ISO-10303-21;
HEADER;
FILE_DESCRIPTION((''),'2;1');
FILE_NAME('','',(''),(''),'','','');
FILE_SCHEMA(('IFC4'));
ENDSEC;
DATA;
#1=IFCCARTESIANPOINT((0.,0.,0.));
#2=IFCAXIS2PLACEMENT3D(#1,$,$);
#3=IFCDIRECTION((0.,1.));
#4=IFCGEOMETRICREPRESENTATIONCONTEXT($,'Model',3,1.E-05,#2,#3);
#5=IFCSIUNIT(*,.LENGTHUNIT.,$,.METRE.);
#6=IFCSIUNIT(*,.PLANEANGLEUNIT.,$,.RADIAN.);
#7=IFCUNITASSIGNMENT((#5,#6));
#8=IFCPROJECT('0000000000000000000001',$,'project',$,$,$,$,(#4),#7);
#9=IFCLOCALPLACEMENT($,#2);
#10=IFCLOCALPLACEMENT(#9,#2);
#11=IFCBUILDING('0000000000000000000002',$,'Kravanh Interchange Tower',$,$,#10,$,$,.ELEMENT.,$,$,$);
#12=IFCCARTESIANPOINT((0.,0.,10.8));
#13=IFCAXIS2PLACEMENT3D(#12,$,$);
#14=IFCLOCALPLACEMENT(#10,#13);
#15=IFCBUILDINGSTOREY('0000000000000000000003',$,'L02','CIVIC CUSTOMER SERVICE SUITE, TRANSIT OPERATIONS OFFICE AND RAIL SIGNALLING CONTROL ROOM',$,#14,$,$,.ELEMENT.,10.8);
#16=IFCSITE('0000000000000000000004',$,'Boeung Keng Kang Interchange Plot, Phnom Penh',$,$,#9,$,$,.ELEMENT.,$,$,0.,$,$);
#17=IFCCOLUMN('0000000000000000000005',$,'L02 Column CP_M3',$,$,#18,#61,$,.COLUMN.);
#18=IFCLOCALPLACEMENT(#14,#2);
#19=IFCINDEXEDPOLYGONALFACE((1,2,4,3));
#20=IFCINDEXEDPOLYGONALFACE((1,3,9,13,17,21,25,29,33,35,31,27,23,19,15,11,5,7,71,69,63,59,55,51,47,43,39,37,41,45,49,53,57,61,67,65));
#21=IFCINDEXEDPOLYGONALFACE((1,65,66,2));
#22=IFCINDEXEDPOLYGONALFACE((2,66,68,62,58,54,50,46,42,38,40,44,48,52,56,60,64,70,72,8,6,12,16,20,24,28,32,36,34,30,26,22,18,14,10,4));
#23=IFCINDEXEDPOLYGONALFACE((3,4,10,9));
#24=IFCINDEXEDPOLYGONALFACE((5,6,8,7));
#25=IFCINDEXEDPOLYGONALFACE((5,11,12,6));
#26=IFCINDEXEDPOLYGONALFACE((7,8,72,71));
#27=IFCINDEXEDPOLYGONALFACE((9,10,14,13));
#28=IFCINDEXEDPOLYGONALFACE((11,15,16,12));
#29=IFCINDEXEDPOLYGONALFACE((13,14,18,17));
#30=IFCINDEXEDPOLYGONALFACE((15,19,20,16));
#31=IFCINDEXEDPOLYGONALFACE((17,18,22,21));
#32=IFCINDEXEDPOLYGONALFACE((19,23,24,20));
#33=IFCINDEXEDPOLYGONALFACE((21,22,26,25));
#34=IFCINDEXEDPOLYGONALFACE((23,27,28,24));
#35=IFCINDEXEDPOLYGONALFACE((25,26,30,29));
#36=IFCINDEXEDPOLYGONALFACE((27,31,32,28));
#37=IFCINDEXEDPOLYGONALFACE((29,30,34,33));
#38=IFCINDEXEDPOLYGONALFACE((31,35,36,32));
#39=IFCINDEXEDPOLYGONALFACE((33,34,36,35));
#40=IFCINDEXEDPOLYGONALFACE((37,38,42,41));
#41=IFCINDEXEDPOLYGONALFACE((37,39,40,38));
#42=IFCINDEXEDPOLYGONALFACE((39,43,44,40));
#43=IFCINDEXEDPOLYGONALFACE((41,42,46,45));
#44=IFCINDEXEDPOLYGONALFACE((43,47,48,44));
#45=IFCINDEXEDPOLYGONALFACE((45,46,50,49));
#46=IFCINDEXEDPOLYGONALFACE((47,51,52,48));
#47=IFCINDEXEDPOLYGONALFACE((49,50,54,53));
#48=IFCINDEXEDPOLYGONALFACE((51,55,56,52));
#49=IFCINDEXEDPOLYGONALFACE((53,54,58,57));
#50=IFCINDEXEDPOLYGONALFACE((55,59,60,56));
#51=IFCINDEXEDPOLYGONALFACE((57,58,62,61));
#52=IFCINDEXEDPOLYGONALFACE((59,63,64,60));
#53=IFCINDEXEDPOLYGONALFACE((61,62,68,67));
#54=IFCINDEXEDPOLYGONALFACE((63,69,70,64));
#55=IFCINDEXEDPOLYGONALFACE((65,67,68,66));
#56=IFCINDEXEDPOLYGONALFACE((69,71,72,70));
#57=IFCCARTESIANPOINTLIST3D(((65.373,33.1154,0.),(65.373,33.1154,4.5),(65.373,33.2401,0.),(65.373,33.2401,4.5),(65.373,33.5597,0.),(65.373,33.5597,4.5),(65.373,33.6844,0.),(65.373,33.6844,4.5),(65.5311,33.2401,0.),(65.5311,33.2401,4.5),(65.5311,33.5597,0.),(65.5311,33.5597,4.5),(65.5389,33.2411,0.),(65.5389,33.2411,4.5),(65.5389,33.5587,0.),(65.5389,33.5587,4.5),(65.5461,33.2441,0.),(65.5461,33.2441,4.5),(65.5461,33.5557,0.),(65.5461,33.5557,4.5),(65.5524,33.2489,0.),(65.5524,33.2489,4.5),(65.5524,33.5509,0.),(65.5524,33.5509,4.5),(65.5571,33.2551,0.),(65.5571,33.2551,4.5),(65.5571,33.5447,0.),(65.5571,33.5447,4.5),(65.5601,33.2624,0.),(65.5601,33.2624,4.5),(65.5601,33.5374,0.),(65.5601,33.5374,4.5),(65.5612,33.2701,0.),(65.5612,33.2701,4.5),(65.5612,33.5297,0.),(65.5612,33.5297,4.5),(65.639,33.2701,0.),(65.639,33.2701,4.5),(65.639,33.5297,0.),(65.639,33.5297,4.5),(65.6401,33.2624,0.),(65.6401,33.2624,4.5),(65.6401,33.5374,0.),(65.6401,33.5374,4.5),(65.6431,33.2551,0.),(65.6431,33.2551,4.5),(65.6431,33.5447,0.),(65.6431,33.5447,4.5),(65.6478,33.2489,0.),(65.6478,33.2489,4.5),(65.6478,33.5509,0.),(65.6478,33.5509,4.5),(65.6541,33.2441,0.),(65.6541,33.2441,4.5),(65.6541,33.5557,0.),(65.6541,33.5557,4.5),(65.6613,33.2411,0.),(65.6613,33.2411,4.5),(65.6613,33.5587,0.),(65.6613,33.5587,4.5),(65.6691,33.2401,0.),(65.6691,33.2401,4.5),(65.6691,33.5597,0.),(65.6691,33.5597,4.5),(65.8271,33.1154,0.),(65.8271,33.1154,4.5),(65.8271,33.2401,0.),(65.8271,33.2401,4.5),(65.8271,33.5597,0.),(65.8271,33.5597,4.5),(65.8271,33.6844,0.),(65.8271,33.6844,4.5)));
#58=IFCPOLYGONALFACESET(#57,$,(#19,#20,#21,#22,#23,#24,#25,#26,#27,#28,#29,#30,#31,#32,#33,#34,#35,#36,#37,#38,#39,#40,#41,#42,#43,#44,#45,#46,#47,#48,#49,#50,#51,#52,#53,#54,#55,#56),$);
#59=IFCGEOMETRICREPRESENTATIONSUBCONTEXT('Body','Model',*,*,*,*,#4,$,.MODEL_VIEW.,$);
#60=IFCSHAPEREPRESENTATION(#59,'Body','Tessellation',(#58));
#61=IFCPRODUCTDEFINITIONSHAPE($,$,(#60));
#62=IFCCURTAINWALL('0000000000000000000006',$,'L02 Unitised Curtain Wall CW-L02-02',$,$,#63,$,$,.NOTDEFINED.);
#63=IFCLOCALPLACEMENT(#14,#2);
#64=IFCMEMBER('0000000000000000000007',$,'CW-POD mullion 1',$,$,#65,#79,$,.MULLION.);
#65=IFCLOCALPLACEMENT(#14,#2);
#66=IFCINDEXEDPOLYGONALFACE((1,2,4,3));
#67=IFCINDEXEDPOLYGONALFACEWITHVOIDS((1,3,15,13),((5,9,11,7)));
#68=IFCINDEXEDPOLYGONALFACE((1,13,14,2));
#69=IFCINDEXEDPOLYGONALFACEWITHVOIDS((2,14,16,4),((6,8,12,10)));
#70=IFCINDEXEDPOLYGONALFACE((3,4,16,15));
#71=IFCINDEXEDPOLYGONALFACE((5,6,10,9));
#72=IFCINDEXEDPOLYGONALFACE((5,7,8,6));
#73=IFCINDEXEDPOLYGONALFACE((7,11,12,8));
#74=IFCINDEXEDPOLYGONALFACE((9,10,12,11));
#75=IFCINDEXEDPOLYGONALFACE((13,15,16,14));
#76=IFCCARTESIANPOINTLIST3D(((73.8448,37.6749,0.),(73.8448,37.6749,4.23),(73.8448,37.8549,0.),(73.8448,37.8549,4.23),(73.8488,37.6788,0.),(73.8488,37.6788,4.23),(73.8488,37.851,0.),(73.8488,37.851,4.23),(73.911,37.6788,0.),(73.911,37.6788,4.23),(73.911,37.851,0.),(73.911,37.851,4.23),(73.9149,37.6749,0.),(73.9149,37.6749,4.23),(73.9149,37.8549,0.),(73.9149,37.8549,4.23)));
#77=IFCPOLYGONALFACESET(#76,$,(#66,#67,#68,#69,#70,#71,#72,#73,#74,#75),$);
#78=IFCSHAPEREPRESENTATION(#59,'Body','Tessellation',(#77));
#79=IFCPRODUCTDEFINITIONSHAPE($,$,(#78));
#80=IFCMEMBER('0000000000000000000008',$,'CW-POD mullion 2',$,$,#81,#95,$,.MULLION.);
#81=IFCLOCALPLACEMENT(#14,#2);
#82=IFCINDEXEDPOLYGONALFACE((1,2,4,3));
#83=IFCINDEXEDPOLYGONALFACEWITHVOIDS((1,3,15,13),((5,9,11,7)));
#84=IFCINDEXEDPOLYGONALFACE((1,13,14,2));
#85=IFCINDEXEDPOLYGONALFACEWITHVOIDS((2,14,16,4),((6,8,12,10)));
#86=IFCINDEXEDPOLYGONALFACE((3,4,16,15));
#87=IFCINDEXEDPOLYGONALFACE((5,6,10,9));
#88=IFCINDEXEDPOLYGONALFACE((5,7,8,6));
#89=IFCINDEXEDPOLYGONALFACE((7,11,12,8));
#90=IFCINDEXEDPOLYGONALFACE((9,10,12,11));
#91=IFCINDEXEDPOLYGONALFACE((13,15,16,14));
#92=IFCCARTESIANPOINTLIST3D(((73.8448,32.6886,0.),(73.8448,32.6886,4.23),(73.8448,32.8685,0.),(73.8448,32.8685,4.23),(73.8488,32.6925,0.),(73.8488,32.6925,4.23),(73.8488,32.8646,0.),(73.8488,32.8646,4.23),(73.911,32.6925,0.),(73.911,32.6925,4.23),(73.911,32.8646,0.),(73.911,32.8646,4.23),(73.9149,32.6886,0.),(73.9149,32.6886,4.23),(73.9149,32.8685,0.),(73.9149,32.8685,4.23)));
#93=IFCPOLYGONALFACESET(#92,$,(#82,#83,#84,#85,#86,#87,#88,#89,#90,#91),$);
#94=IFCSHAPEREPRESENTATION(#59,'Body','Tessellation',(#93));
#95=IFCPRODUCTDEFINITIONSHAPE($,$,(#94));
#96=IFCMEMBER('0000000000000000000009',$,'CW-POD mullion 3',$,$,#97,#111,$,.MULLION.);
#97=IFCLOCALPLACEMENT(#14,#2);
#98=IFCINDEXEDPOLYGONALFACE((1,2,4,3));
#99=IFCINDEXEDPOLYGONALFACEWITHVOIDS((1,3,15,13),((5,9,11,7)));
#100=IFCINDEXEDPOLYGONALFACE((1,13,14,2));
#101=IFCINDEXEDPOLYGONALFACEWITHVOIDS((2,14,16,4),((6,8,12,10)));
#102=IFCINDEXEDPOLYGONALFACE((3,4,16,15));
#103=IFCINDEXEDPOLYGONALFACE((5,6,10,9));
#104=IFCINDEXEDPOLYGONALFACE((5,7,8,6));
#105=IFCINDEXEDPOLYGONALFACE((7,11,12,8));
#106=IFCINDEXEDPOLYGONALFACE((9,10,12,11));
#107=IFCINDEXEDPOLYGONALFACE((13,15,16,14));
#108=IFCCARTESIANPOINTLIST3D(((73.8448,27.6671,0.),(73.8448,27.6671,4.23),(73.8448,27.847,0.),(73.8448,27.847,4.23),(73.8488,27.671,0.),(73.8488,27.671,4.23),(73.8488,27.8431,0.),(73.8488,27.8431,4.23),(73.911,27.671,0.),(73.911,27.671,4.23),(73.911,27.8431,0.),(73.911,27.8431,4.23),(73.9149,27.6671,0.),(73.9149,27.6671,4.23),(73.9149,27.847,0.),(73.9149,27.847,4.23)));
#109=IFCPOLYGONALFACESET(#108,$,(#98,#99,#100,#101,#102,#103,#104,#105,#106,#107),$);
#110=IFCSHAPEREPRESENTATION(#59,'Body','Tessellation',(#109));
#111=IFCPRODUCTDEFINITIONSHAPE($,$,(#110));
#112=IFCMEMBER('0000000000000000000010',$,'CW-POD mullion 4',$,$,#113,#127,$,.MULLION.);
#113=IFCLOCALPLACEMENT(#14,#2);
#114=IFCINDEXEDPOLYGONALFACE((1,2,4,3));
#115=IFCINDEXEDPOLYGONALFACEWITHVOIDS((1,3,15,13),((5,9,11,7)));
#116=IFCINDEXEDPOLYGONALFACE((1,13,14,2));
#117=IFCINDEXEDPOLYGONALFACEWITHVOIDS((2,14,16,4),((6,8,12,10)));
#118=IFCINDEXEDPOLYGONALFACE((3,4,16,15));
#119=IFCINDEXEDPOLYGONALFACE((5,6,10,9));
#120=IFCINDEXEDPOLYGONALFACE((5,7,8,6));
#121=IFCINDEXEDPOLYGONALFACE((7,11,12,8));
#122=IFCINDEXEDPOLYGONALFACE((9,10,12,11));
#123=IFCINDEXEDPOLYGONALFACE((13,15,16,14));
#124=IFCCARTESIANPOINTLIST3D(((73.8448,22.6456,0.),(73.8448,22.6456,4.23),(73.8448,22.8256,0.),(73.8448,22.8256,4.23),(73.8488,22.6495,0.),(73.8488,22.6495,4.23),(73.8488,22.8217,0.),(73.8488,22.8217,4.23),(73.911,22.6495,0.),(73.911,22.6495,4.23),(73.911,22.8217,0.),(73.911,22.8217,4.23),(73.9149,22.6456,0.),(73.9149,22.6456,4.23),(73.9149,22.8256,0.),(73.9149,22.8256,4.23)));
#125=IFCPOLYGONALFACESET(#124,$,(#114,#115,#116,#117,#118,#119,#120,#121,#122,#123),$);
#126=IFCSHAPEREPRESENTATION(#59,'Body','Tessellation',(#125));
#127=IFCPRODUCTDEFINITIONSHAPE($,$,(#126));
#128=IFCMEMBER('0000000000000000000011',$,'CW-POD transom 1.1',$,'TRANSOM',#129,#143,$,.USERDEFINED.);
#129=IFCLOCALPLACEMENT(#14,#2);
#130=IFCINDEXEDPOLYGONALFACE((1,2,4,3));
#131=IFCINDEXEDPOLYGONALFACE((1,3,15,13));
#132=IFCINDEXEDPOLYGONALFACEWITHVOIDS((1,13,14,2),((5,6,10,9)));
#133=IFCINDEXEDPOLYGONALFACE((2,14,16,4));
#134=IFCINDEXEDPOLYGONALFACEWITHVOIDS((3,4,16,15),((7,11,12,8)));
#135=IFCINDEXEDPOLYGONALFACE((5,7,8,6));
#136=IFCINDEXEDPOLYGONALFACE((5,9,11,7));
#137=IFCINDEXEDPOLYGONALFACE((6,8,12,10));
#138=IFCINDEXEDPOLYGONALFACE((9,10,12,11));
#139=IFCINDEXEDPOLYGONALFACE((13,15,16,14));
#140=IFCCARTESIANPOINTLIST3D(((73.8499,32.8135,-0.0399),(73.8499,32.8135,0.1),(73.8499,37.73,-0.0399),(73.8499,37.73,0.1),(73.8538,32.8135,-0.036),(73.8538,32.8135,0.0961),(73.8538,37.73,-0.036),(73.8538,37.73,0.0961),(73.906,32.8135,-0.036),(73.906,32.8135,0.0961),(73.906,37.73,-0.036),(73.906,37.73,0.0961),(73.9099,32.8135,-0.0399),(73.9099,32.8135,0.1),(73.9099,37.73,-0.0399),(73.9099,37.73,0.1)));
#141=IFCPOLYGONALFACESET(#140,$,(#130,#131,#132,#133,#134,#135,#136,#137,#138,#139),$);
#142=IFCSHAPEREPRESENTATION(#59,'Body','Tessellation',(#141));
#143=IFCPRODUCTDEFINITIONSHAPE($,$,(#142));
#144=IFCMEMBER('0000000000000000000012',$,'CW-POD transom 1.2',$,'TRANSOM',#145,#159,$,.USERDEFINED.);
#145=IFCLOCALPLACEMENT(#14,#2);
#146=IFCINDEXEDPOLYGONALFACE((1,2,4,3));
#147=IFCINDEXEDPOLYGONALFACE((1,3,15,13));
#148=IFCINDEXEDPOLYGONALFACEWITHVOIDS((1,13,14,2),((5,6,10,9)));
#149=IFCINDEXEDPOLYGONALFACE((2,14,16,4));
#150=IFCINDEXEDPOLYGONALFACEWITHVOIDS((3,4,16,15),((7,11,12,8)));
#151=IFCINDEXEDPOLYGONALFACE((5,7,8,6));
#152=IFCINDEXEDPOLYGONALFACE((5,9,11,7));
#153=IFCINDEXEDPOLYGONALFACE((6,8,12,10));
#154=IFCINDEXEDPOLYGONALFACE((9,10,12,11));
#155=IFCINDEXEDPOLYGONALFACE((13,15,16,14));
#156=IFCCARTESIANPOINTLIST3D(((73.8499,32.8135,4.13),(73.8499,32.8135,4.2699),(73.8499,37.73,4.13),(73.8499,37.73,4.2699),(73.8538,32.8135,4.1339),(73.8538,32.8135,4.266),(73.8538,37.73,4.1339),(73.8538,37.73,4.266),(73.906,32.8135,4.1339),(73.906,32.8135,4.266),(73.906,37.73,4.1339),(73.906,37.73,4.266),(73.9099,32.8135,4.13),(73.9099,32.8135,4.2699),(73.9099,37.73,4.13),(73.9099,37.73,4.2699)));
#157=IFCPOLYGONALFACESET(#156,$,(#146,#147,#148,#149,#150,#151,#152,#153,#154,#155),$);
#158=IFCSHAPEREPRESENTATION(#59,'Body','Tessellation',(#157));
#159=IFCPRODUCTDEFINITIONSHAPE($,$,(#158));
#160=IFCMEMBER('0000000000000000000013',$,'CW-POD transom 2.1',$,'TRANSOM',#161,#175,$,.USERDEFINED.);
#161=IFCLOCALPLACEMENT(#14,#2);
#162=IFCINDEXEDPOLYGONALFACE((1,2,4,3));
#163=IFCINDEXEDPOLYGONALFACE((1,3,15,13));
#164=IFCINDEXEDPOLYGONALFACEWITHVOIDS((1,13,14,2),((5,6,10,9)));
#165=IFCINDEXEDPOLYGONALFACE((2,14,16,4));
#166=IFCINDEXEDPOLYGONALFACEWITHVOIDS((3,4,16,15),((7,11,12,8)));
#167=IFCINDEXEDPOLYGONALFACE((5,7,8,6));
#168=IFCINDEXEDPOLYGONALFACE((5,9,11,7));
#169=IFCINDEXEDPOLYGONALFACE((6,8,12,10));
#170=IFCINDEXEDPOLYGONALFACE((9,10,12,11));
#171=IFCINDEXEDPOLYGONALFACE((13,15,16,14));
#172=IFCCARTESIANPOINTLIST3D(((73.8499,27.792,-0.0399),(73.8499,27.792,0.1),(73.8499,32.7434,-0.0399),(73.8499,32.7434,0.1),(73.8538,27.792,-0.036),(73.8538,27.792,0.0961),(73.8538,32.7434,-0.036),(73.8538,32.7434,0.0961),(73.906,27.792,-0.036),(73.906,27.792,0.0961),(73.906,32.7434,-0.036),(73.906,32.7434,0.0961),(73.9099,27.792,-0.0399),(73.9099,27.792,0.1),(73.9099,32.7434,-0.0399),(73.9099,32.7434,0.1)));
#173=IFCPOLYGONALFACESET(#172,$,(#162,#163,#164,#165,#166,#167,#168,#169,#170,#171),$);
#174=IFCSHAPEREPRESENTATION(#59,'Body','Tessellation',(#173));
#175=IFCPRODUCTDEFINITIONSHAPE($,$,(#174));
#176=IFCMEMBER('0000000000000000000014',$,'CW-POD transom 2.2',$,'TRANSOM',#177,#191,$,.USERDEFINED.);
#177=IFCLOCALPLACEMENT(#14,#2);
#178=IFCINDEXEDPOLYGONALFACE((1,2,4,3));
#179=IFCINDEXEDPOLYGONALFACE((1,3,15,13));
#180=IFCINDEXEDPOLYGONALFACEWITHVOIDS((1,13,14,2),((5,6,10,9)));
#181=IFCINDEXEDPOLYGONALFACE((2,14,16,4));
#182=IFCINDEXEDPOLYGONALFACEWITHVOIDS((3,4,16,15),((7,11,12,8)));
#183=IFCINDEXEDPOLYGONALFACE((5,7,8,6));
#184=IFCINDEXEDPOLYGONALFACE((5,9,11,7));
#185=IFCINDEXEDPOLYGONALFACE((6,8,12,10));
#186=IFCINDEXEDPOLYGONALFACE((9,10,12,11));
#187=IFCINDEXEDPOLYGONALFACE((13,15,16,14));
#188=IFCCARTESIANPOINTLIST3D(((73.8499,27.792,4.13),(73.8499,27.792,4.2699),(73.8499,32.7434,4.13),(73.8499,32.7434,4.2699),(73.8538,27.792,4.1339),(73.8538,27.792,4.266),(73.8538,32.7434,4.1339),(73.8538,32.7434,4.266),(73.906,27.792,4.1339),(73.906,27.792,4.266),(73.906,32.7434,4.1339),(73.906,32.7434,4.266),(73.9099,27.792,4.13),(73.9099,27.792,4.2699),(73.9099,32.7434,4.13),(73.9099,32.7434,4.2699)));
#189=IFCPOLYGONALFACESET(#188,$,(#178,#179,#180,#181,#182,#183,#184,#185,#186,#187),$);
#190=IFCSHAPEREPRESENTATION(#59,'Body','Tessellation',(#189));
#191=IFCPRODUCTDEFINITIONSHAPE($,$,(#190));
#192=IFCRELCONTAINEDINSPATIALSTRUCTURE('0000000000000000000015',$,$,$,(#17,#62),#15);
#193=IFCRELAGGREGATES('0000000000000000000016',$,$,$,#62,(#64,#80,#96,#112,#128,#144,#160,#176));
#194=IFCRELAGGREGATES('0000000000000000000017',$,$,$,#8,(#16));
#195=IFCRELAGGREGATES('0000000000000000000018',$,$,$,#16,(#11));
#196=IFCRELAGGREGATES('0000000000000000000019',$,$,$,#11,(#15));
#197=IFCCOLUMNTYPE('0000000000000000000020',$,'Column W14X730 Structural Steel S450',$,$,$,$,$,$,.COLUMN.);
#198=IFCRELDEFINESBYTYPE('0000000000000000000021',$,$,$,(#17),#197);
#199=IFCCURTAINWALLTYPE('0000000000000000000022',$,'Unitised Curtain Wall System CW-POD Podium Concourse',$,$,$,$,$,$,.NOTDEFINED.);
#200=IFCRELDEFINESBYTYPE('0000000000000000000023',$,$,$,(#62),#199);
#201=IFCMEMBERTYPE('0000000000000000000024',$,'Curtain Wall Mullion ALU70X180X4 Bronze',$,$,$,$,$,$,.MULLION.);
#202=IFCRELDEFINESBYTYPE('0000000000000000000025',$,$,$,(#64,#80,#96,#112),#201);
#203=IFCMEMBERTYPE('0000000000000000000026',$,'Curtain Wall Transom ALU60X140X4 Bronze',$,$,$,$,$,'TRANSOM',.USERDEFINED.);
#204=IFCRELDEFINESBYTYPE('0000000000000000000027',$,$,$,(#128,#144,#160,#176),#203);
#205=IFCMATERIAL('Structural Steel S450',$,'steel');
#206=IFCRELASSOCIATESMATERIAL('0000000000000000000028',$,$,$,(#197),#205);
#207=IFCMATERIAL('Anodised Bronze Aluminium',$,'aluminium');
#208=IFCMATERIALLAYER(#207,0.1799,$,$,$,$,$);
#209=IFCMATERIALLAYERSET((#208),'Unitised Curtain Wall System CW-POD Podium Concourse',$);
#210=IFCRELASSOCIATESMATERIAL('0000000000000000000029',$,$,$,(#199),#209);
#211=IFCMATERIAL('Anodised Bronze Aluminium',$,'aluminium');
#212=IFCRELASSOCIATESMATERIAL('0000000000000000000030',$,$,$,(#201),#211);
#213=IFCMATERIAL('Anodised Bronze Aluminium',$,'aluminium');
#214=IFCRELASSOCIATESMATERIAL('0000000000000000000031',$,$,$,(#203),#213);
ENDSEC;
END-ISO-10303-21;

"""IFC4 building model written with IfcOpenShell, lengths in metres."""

from ifc_helpers import new_model, si_unit, direction, frame, origin, origin_2d, place, context, subcontext, project, spatial, hollow_rectangle, i_section, extrude, material, layer, layer_set, material_profile, profile_set, type_object, element, aggregate, save


model = new_model("IFC4")

# Units and contexts
model_context = context("Model", 3, precision=1e-05, world=origin(), true_north=direction((0.0, 1.0)))
body_context = subcontext(model_context, "Body", "Model", "MODEL_VIEW")
ifc_project = project(units=[si_unit("LENGTHUNIT", "METRE"), si_unit("PLANEANGLEUNIT", "RADIAN")], contexts=[model_context])

# Site, building, storey
site_placement = place(None, origin())
site = spatial("IfcSite", under=ifc_project, at=site_placement, Name="Boeung Keng Kang Interchange Plot, Phnom Penh", CompositionType="ELEMENT", RefElevation=0.0)
building_placement = place(site_placement, origin())
building = spatial("IfcBuilding", under=site, at=building_placement, Name="Kravanh Interchange Tower", CompositionType="ELEMENT")
storey_placement = place(building_placement, frame((0.0, 0.0, 10.8)))
storey = spatial("IfcBuildingStorey", under=building, at=storey_placement, Name="L02", Description="CIVIC CUSTOMER SERVICE SUITE, TRANSIT OPERATIONS OFFICE AND RAIL SIGNALLING CONTROL ROOM", CompositionType="ELEMENT", Elevation=10.8)

# Column
ifc_material_1 = material(Name="Structural Steel S450", Category="steel")
ifc_material_profile_1 = material_profile(ifc_material_1, i_section(OverallWidth=0.4541, OverallDepth=0.5691, WebThickness=0.0779, FlangeThickness=0.1248, FilletRadius=0.03, at=origin_2d()), Name="W14X730")
ifc_profile_set_1 = profile_set([ifc_material_profile_1], Name="Structural Steel S450")
column_type_1 = type_object("IfcColumnType", Name="Column W14X730 Structural Steel S450", PredefinedType="COLUMN", material=ifc_profile_set_1)
for number, where, z_axis, x_axis, name in (
    (1, (65.6001, 33.3999, 0.0), (0.0, 0.0, 1.0), (1.0, 0.0, 0.0), "L02 Column CP_M3"),
):
    element("IfcColumn", number, at=place(storey_placement, frame(where, z_axis=z_axis, x_axis=x_axis)), inside=storey, type_object=column_type_1, Name=name, PredefinedType="COLUMN", context=body_context, shape_type="SweptSolid", body=[
        extrude(i_section(OverallWidth=0.4541, OverallDepth=0.5691, WebThickness=0.0779, FlangeThickness=0.1248, FilletRadius=0.03, at=origin_2d()), origin(), (0.0, 0.0, 1.0), 4.5),
    ])

# Curtain wall, members
ifc_material_2 = material(Name="Anodised Bronze Aluminium", Category="aluminium")
ifc_layer_1 = layer(ifc_material_2, 0.1799)
ifc_layer_set_1 = layer_set([ifc_layer_1], Name="Unitised Curtain Wall System CW-POD Podium Concourse")
curtain_wall_type = type_object("IfcCurtainWallType", Name="Unitised Curtain Wall System CW-POD Podium Concourse", PredefinedType="NOTDEFINED", material=ifc_layer_set_1)
curtain_wall_placement = place(storey_placement, origin())
curtain_wall = element("IfcCurtainWall", 2, at=curtain_wall_placement, inside=storey, type_object=curtain_wall_type, Name="L02 Unitised Curtain Wall CW-L02-02", PredefinedType="NOTDEFINED")
ifc_material_3 = material(Name="Anodised Bronze Aluminium", Category="aluminium")
ifc_material_profile_2 = material_profile(ifc_material_3, hollow_rectangle(XDim=0.0701, YDim=0.1799, WallThickness=0.0039, at=origin_2d()), Name="ALU70X180X4")
ifc_profile_set_2 = profile_set([ifc_material_profile_2], Name="Anodised Bronze Aluminium")
member_type_1 = type_object("IfcMemberType", Name="Curtain Wall Mullion ALU70X180X4 Bronze", PredefinedType="MULLION", material=ifc_profile_set_2)
member_1_placement = place(storey_placement, frame((73.8799, 37.7649, 0.0), z_axis=(0.0, 0.0, 1.0), x_axis=(1.0, 0.0, 0.0)))
member_1 = element("IfcMember", 3, at=member_1_placement, type_object=member_type_1, Name="CW-POD mullion 1", PredefinedType="MULLION", context=body_context, shape_type="SweptSolid", body=[
    extrude(hollow_rectangle(XDim=0.0701, YDim=0.1799, WallThickness=0.0039, at=origin_2d()), origin(), (0.0, 0.0, 1.0), 4.23),
])
member_2_placement = place(storey_placement, frame((73.8799, 32.7786, 0.0), z_axis=(0.0, 0.0, 1.0), x_axis=(1.0, 0.0, 0.0)))
member_2 = element("IfcMember", 4, at=member_2_placement, type_object=member_type_1, Name="CW-POD mullion 2", PredefinedType="MULLION", context=body_context, shape_type="SweptSolid", body=[
    extrude(hollow_rectangle(XDim=0.0701, YDim=0.1799, WallThickness=0.0039, at=origin_2d()), origin(), (0.0, 0.0, 1.0), 4.23),
])
member_3_placement = place(storey_placement, frame((73.8799, 27.7571, 0.0), z_axis=(0.0, 0.0, 1.0), x_axis=(1.0, 0.0, 0.0)))
member_3 = element("IfcMember", 5, at=member_3_placement, type_object=member_type_1, Name="CW-POD mullion 3", PredefinedType="MULLION", context=body_context, shape_type="SweptSolid", body=[
    extrude(hollow_rectangle(XDim=0.0701, YDim=0.1799, WallThickness=0.0039, at=origin_2d()), origin(), (0.0, 0.0, 1.0), 4.23),
])
member_4_placement = place(storey_placement, frame((73.8799, 22.7356, 0.0), z_axis=(0.0, 0.0, 1.0), x_axis=(1.0, 0.0, 0.0)))
member_4 = element("IfcMember", 6, at=member_4_placement, type_object=member_type_1, Name="CW-POD mullion 4", PredefinedType="MULLION", context=body_context, shape_type="SweptSolid", body=[
    extrude(hollow_rectangle(XDim=0.0701, YDim=0.1799, WallThickness=0.0039, at=origin_2d()), origin(), (0.0, 0.0, 1.0), 4.23),
])
ifc_material_4 = material(Name="Anodised Bronze Aluminium", Category="aluminium")
ifc_material_profile_3 = material_profile(ifc_material_4, hollow_rectangle(XDim=0.0601, YDim=0.1399, WallThickness=0.0039, at=origin_2d()), Name="ALU60X140X4")
ifc_profile_set_3 = profile_set([ifc_material_profile_3], Name="Anodised Bronze Aluminium")
member_type_2 = type_object("IfcMemberType", Name="Curtain Wall Transom ALU60X140X4 Bronze", ElementType="TRANSOM", PredefinedType="USERDEFINED", material=ifc_profile_set_3)
member_5_placement = place(storey_placement, frame((73.8799, 37.73, 0.03), z_axis=(0.0, -1.0, 0.0), x_axis=(1.0, 0.0, 0.0)))
member_5 = element("IfcMember", 7, at=member_5_placement, type_object=member_type_2, Name="CW-POD transom 1.1", ObjectType="TRANSOM", PredefinedType="USERDEFINED", context=body_context, shape_type="SweptSolid", body=[
    extrude(hollow_rectangle(XDim=0.0601, YDim=0.1399, WallThickness=0.0039, at=origin_2d()), origin(), (0.0, 0.0, 1.0), 4.9165),
])
member_6_placement = place(storey_placement, frame((73.8799, 37.73, 4.2), z_axis=(0.0, -1.0, 0.0), x_axis=(1.0, 0.0, 0.0)))
member_6 = element("IfcMember", 8, at=member_6_placement, type_object=member_type_2, Name="CW-POD transom 1.2", ObjectType="TRANSOM", PredefinedType="USERDEFINED", context=body_context, shape_type="SweptSolid", body=[
    extrude(hollow_rectangle(XDim=0.0601, YDim=0.1399, WallThickness=0.0039, at=origin_2d()), origin(), (0.0, 0.0, 1.0), 4.9165),
])
member_7_placement = place(storey_placement, frame((73.8799, 32.7434, 0.03), z_axis=(0.0, -1.0, 0.0), x_axis=(1.0, 0.0, 0.0)))
member_7 = element("IfcMember", 9, at=member_7_placement, type_object=member_type_2, Name="CW-POD transom 2.1", ObjectType="TRANSOM", PredefinedType="USERDEFINED", context=body_context, shape_type="SweptSolid", body=[
    extrude(hollow_rectangle(XDim=0.0601, YDim=0.1399, WallThickness=0.0039, at=origin_2d()), origin(), (0.0, 0.0, 1.0), 4.9514),
])
member_8_placement = place(storey_placement, frame((73.8799, 32.7434, 4.2), z_axis=(0.0, -1.0, 0.0), x_axis=(1.0, 0.0, 0.0)))
member_8 = element("IfcMember", 10, at=member_8_placement, type_object=member_type_2, Name="CW-POD transom 2.2", ObjectType="TRANSOM", PredefinedType="USERDEFINED", context=body_context, shape_type="SweptSolid", body=[
    extrude(hollow_rectangle(XDim=0.0601, YDim=0.1399, WallThickness=0.0039, at=origin_2d()), origin(), (0.0, 0.0, 1.0), 4.9514),
])

aggregate(curtain_wall, [member_1, member_2, member_3, member_4, member_5, member_6, member_7, member_8])

save(model, "model.ifc")
